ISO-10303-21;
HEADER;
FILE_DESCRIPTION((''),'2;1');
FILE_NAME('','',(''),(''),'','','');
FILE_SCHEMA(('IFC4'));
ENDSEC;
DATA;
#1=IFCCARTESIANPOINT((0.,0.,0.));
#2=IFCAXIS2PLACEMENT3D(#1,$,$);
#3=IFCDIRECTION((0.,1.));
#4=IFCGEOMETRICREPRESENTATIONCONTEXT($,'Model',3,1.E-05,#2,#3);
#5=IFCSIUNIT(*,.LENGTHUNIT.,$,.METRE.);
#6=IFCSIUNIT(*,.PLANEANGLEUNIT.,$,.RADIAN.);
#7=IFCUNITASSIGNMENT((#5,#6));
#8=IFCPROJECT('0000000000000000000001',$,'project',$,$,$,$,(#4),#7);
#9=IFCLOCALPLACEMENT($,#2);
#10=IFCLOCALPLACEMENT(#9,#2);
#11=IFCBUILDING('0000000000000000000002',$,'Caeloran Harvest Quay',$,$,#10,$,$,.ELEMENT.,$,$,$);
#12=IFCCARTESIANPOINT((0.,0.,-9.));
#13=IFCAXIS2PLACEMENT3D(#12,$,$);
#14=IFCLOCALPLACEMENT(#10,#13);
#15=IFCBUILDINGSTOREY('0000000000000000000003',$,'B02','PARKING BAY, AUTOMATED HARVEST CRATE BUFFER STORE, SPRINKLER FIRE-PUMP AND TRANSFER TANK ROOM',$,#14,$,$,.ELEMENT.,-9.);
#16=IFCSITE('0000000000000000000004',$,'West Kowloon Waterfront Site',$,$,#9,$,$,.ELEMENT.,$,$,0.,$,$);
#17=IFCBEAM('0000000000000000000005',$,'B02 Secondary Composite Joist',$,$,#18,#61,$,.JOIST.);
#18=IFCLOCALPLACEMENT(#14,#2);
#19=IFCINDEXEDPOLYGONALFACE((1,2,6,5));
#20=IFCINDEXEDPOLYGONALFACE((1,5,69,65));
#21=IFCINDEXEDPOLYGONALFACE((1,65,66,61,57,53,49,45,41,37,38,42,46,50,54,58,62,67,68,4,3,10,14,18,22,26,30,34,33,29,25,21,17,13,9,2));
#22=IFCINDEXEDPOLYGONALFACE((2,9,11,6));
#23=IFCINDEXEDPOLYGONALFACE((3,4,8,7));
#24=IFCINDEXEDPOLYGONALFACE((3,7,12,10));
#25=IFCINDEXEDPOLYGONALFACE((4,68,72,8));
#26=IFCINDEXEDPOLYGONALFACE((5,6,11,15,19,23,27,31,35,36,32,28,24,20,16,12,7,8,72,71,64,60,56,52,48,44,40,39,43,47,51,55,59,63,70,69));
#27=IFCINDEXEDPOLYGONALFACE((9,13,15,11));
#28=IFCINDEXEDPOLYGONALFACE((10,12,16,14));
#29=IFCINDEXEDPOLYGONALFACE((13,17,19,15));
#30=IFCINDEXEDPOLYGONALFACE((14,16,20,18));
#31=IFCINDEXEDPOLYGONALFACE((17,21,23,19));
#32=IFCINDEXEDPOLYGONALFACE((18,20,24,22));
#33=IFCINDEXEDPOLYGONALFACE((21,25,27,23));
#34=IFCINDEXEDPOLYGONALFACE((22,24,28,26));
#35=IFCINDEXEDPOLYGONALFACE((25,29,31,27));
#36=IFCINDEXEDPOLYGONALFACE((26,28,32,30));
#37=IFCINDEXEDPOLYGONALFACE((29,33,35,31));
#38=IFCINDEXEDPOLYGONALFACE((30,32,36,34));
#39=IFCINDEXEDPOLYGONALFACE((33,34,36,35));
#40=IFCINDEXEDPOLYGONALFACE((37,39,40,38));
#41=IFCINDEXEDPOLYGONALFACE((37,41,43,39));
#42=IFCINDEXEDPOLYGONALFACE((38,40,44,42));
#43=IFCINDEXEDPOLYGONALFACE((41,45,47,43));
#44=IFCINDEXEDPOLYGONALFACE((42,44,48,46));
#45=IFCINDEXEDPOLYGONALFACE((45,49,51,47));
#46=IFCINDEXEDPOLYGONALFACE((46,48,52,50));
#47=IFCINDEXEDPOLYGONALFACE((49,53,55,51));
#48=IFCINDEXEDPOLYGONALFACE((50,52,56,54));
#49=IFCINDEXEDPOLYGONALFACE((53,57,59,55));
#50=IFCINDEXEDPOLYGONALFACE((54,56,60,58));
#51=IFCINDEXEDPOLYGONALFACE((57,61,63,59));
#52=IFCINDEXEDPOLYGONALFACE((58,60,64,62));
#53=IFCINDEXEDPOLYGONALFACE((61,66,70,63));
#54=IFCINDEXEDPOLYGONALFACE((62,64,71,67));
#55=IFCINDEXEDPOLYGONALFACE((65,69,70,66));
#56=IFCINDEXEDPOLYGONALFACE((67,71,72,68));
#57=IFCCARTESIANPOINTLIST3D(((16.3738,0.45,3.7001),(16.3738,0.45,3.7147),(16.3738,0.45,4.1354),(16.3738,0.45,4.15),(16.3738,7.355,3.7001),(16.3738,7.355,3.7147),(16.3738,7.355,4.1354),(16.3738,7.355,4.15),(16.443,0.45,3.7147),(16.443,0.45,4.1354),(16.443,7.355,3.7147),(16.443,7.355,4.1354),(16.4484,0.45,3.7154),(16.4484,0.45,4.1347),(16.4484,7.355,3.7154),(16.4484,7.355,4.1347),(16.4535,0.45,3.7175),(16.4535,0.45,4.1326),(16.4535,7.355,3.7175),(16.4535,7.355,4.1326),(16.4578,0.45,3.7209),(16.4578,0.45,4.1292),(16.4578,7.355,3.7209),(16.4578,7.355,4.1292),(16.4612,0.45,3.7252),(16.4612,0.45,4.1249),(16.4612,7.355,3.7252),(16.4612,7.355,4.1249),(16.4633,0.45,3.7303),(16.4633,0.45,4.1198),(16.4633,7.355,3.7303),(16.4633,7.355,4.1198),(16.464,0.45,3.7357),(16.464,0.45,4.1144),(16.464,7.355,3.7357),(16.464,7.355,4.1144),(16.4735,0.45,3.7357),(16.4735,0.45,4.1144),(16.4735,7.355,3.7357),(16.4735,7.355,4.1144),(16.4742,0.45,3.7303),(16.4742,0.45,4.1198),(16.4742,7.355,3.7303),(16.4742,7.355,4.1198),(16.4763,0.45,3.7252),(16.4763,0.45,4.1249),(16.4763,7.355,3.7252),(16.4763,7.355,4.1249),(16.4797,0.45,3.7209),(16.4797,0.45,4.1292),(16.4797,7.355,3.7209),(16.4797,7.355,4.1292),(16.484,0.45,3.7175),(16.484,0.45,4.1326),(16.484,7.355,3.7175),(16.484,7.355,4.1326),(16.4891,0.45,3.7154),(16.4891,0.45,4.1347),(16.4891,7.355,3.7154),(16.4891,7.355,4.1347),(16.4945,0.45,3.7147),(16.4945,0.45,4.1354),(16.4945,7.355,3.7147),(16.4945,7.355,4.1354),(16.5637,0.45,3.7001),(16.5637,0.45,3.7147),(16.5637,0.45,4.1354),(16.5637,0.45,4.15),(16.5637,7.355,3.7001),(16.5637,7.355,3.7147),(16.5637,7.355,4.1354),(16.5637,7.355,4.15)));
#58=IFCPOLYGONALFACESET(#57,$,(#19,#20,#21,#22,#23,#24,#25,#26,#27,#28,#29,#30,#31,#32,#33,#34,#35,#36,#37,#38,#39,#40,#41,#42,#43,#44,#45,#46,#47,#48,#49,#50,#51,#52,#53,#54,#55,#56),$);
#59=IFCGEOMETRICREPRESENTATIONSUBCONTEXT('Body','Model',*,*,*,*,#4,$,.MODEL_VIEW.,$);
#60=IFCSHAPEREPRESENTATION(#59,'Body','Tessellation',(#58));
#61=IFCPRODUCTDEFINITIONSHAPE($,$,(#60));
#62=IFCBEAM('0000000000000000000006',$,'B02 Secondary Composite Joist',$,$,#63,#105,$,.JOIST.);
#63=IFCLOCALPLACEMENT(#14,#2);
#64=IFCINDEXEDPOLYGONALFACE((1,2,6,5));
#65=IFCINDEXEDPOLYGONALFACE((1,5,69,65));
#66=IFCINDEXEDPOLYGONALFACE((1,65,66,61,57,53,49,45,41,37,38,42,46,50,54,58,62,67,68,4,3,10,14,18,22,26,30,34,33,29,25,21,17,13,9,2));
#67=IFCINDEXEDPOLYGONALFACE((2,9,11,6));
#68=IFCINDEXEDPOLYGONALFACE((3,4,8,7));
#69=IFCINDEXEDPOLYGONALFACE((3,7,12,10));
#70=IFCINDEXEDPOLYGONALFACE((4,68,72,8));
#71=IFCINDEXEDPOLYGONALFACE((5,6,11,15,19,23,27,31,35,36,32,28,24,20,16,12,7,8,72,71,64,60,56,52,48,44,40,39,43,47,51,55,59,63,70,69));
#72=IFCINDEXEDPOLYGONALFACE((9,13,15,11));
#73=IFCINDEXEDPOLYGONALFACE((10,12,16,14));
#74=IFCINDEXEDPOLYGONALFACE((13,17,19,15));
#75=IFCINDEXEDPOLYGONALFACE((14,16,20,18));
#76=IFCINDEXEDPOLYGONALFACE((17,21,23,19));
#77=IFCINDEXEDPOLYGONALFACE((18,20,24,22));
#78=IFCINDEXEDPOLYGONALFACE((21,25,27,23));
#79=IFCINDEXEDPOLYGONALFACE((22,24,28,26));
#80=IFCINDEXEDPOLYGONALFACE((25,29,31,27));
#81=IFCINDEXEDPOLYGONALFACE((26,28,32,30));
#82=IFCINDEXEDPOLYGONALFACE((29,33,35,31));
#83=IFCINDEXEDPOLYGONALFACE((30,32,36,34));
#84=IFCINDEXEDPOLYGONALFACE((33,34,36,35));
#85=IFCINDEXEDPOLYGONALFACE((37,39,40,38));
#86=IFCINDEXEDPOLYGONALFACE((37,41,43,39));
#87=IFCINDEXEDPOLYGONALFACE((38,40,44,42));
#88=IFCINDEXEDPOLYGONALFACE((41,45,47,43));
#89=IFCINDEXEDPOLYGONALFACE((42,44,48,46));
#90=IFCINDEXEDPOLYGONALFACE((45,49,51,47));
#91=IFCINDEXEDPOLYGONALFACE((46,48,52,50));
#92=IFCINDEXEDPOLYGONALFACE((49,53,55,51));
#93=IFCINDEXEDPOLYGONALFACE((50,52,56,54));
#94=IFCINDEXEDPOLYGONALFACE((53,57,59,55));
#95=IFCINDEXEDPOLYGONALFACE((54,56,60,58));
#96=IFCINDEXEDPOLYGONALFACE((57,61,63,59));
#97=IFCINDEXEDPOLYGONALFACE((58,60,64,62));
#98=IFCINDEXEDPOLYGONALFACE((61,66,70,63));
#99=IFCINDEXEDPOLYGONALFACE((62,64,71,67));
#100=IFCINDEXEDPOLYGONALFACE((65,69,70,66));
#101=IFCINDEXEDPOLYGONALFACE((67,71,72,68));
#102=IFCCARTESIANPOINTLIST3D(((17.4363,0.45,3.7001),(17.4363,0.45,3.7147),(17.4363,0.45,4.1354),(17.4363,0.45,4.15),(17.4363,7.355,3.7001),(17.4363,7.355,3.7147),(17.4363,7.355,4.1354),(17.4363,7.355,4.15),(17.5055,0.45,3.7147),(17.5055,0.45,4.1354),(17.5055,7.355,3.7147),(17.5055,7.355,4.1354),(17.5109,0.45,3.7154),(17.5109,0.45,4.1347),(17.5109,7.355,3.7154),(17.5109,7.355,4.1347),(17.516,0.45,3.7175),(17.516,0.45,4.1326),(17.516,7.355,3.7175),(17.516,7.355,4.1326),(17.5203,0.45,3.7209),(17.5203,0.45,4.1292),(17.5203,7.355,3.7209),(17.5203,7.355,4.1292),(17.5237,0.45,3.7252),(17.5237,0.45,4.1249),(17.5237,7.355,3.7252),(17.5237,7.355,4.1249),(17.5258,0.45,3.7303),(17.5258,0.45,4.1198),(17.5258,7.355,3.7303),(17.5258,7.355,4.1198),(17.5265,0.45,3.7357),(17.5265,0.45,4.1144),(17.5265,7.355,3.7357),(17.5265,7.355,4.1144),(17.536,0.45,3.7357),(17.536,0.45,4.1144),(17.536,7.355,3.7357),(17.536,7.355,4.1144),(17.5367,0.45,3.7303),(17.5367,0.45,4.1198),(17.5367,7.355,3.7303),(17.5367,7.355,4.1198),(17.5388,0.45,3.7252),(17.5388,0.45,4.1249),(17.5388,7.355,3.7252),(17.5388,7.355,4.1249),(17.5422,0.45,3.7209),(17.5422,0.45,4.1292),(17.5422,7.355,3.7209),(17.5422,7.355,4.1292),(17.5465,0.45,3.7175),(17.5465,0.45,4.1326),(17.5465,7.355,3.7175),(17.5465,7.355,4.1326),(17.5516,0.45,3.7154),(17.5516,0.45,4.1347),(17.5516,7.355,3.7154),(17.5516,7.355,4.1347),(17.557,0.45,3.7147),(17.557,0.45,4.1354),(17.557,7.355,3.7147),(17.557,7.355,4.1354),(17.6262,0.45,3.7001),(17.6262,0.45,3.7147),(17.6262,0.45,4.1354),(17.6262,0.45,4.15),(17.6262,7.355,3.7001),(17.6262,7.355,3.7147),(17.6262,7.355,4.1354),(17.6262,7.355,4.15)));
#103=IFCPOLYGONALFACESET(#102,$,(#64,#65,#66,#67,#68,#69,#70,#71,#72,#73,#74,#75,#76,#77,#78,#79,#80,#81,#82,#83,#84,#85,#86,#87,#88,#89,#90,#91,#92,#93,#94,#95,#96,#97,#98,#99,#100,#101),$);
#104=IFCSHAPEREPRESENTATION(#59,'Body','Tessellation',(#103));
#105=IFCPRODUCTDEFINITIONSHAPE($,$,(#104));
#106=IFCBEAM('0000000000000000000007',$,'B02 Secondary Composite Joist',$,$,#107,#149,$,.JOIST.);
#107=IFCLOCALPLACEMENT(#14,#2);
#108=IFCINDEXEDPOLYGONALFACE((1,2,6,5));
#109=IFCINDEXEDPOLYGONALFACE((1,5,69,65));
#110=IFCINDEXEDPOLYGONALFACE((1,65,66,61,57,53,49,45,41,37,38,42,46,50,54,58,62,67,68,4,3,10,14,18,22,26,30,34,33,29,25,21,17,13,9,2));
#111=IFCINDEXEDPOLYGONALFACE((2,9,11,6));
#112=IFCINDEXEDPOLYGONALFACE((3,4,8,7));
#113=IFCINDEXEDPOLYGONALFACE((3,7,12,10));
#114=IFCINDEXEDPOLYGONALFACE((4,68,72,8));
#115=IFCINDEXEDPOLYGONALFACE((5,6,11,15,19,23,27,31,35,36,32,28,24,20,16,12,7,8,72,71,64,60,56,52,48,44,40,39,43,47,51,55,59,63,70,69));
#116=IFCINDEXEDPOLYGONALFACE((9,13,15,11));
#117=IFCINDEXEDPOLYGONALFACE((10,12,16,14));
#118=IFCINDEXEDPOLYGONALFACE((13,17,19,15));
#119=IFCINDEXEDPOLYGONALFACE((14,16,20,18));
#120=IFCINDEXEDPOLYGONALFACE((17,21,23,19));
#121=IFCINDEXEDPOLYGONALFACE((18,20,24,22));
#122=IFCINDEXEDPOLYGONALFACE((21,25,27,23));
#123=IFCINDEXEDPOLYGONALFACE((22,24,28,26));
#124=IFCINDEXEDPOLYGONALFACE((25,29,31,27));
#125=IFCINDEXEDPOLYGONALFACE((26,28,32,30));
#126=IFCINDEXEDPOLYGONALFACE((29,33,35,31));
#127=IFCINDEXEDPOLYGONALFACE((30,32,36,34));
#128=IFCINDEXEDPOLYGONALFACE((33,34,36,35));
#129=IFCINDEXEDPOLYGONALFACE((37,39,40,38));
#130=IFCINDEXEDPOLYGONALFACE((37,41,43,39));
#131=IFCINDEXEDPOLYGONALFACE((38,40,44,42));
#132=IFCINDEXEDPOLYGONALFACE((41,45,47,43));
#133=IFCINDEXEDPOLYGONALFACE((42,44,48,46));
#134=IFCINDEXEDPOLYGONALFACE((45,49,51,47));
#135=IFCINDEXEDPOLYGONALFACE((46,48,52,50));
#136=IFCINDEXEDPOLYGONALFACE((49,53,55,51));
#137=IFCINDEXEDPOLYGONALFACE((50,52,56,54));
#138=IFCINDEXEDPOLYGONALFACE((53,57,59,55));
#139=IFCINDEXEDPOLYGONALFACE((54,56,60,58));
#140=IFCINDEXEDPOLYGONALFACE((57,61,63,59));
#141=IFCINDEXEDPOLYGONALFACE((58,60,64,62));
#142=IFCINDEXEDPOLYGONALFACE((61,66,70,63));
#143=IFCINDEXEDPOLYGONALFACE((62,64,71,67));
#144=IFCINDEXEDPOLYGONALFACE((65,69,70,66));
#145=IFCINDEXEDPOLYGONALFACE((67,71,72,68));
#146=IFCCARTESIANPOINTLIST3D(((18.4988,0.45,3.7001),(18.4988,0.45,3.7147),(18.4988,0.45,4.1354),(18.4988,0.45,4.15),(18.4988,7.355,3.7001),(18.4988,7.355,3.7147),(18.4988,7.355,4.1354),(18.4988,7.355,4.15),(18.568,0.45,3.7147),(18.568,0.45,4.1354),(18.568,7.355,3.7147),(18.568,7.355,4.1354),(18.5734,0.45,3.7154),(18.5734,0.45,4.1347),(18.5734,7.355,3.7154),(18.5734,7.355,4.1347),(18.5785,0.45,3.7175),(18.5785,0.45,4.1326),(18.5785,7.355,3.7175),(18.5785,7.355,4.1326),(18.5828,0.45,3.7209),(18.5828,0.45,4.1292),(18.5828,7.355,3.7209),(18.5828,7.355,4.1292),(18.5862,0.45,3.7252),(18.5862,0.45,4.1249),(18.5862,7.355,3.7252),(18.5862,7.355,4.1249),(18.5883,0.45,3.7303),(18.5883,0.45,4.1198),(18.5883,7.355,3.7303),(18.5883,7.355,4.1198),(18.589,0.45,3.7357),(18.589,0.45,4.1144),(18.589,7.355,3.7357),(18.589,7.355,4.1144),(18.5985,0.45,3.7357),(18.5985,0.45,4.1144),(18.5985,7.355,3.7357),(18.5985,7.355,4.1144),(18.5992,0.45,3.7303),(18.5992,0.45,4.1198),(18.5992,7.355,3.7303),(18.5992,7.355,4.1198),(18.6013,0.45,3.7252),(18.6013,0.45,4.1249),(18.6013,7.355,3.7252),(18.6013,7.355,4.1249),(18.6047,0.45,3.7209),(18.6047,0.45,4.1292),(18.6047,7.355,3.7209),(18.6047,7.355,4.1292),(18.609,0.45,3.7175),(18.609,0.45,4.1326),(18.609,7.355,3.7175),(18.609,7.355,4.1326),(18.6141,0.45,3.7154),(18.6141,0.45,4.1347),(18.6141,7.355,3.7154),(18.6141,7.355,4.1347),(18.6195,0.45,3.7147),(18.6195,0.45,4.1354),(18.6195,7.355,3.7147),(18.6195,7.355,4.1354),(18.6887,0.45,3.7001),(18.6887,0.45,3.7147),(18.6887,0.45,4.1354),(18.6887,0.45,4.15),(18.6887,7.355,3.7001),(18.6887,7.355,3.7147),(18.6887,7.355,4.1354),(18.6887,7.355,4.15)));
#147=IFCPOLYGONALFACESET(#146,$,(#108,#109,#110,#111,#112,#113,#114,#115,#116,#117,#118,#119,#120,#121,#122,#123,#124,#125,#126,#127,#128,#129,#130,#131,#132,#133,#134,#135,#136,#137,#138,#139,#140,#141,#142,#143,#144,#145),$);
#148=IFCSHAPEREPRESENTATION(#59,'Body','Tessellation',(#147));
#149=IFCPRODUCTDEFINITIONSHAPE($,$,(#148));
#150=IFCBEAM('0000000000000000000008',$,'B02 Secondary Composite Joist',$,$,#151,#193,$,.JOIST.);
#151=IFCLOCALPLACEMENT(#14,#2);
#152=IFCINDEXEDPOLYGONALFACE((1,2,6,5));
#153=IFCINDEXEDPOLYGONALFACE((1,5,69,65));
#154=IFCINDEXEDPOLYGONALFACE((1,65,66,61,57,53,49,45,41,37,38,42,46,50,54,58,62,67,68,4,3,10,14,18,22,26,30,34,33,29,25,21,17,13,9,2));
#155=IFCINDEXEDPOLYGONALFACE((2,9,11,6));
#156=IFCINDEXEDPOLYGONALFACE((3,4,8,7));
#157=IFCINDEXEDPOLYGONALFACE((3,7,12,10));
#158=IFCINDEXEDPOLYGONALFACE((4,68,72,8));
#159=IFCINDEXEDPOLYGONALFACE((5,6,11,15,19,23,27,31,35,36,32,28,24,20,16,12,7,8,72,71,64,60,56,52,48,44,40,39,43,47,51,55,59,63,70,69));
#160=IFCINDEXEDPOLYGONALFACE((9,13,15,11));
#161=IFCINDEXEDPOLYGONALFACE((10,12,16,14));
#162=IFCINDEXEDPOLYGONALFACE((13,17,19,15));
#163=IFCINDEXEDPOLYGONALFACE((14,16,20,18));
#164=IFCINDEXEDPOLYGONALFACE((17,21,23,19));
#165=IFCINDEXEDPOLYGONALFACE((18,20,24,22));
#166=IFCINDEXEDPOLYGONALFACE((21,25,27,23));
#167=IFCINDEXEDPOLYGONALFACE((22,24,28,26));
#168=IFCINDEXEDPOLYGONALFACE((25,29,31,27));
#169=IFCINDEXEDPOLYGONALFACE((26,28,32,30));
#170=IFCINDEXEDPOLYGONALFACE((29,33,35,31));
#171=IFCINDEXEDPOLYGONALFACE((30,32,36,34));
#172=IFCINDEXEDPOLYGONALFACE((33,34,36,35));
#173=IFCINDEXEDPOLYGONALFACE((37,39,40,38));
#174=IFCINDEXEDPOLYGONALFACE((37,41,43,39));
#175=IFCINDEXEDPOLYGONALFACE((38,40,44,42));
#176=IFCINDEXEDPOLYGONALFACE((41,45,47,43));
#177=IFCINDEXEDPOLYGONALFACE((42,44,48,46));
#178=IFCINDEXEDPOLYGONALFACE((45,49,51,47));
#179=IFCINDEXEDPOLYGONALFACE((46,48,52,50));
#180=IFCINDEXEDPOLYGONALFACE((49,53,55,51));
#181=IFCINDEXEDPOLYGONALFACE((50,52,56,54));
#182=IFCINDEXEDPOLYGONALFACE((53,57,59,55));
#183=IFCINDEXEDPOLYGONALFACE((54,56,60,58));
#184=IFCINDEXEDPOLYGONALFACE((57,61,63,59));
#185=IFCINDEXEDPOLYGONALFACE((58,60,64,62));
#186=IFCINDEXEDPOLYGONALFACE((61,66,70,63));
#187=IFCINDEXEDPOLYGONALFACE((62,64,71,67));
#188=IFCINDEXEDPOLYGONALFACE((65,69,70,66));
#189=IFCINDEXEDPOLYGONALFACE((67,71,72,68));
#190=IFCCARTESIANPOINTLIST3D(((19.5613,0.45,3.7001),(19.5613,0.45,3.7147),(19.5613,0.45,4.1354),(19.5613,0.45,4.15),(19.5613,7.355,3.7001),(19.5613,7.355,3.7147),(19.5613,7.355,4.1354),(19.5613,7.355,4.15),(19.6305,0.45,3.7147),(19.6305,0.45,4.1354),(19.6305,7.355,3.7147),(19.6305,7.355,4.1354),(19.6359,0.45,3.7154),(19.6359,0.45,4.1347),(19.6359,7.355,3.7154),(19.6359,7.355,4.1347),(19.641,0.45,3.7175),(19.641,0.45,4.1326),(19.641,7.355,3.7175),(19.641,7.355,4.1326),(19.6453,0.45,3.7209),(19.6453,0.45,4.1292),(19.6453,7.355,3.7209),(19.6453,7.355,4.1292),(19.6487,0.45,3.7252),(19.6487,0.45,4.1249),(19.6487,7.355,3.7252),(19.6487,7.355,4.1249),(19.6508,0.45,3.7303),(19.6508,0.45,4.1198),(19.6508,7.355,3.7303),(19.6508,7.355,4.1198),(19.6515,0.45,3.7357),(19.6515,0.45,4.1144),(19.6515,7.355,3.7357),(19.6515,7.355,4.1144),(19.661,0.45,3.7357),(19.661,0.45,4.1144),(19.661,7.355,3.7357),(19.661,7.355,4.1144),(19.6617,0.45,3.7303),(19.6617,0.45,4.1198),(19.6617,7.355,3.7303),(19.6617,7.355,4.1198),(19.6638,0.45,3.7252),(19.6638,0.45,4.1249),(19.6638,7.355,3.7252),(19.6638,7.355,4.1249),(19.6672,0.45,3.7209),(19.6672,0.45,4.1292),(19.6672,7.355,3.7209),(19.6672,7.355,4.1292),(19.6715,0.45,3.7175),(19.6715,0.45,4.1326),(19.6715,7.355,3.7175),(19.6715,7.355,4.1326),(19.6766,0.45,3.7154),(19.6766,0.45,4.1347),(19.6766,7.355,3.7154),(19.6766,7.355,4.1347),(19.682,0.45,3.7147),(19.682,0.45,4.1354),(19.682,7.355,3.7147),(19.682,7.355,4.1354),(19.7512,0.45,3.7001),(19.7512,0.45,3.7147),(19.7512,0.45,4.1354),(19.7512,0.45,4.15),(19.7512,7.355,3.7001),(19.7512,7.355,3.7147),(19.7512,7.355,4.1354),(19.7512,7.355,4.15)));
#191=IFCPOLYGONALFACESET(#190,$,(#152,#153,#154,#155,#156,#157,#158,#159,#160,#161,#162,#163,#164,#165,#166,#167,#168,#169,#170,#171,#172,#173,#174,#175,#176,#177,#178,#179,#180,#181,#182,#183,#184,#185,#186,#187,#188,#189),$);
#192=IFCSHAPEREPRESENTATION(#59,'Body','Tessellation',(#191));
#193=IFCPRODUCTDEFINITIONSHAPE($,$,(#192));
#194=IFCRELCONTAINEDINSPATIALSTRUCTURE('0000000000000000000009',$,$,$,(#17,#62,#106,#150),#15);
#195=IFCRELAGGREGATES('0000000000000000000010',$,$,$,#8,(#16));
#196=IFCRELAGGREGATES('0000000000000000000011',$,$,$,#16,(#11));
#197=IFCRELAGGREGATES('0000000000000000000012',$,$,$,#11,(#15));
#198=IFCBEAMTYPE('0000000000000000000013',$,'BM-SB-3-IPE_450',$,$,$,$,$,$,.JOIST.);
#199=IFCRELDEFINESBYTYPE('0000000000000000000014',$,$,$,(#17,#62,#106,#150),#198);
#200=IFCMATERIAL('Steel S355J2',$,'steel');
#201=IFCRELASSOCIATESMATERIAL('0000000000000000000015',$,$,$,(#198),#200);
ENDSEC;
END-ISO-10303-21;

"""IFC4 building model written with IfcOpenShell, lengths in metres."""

from ifc_helpers import new_model, si_unit, direction, frame, origin, origin_2d, place, context, subcontext, project, spatial, i_section, extrude, material, material_profile, profile_set, type_object, element, save


model = new_model("IFC4")

# Units and contexts
model_context = context("Model", 3, precision=1e-05, world=origin(), true_north=direction((0.0, 1.0)))
body_context = subcontext(model_context, "Body", "Model", "MODEL_VIEW")
ifc_project = project(units=[si_unit("LENGTHUNIT", "METRE"), si_unit("PLANEANGLEUNIT", "RADIAN")], contexts=[model_context])

# Site, building, storey
site_placement = place(None, origin())
site = spatial("IfcSite", under=ifc_project, at=site_placement, Name="West Kowloon Waterfront Site", CompositionType="ELEMENT", RefElevation=0.0)
building_placement = place(site_placement, origin())
building = spatial("IfcBuilding", under=site, at=building_placement, Name="Caeloran Harvest Quay", CompositionType="ELEMENT")
storey_placement = place(building_placement, frame((0.0, 0.0, -9.0)))
storey = spatial("IfcBuildingStorey", under=building, at=storey_placement, Name="B02", Description="PARKING BAY, AUTOMATED HARVEST CRATE BUFFER STORE, SPRINKLER FIRE-PUMP AND TRANSFER TANK ROOM", CompositionType="ELEMENT", Elevation=-9.0)

# Beams
ifc_material_1 = material(Name="Steel S355J2", Category="steel")
ifc_material_profile_1 = material_profile(ifc_material_1, i_section(OverallWidth=0.1899, OverallDepth=0.45, WebThickness=0.0095, FlangeThickness=0.0146, FilletRadius=0.021, at=origin_2d()), Name="IPE 450")
ifc_profile_set_1 = profile_set([ifc_material_profile_1], Name="Steel S355J2")
beam_type_1 = type_object("IfcBeamType", Name="BM-SB-3-IPE_450", PredefinedType="JOIST", material=ifc_profile_set_1)
for number, where, z_axis, x_axis, name in (
    (1, (16.4688, 0.45, 3.925), (0.0, 1.0, 0.0), (-1.0, 0.0, 0.0), "B02 Secondary Composite Joist"),
    (2, (17.5312, 0.45, 3.925), (0.0, 1.0, 0.0), (-1.0, 0.0, 0.0), "B02 Secondary Composite Joist"),
    (3, (18.5938, 0.45, 3.925), (0.0, 1.0, 0.0), (-1.0, 0.0, 0.0), "B02 Secondary Composite Joist"),
    (4, (19.6562, 0.45, 3.925), (0.0, 1.0, 0.0), (-1.0, 0.0, 0.0), "B02 Secondary Composite Joist"),
):
    element("IfcBeam", number, at=place(storey_placement, frame(where, z_axis=z_axis, x_axis=x_axis)), inside=storey, type_object=beam_type_1, Name=name, PredefinedType="JOIST", context=body_context, shape_type="SweptSolid", body=[
        extrude(i_section(OverallWidth=0.1899, OverallDepth=0.45, WebThickness=0.0095, FlangeThickness=0.0146, FilletRadius=0.021, at=origin_2d()), origin(), (0.0, 0.0, 1.0), 6.905),
    ])

save(model, "model.ifc")
